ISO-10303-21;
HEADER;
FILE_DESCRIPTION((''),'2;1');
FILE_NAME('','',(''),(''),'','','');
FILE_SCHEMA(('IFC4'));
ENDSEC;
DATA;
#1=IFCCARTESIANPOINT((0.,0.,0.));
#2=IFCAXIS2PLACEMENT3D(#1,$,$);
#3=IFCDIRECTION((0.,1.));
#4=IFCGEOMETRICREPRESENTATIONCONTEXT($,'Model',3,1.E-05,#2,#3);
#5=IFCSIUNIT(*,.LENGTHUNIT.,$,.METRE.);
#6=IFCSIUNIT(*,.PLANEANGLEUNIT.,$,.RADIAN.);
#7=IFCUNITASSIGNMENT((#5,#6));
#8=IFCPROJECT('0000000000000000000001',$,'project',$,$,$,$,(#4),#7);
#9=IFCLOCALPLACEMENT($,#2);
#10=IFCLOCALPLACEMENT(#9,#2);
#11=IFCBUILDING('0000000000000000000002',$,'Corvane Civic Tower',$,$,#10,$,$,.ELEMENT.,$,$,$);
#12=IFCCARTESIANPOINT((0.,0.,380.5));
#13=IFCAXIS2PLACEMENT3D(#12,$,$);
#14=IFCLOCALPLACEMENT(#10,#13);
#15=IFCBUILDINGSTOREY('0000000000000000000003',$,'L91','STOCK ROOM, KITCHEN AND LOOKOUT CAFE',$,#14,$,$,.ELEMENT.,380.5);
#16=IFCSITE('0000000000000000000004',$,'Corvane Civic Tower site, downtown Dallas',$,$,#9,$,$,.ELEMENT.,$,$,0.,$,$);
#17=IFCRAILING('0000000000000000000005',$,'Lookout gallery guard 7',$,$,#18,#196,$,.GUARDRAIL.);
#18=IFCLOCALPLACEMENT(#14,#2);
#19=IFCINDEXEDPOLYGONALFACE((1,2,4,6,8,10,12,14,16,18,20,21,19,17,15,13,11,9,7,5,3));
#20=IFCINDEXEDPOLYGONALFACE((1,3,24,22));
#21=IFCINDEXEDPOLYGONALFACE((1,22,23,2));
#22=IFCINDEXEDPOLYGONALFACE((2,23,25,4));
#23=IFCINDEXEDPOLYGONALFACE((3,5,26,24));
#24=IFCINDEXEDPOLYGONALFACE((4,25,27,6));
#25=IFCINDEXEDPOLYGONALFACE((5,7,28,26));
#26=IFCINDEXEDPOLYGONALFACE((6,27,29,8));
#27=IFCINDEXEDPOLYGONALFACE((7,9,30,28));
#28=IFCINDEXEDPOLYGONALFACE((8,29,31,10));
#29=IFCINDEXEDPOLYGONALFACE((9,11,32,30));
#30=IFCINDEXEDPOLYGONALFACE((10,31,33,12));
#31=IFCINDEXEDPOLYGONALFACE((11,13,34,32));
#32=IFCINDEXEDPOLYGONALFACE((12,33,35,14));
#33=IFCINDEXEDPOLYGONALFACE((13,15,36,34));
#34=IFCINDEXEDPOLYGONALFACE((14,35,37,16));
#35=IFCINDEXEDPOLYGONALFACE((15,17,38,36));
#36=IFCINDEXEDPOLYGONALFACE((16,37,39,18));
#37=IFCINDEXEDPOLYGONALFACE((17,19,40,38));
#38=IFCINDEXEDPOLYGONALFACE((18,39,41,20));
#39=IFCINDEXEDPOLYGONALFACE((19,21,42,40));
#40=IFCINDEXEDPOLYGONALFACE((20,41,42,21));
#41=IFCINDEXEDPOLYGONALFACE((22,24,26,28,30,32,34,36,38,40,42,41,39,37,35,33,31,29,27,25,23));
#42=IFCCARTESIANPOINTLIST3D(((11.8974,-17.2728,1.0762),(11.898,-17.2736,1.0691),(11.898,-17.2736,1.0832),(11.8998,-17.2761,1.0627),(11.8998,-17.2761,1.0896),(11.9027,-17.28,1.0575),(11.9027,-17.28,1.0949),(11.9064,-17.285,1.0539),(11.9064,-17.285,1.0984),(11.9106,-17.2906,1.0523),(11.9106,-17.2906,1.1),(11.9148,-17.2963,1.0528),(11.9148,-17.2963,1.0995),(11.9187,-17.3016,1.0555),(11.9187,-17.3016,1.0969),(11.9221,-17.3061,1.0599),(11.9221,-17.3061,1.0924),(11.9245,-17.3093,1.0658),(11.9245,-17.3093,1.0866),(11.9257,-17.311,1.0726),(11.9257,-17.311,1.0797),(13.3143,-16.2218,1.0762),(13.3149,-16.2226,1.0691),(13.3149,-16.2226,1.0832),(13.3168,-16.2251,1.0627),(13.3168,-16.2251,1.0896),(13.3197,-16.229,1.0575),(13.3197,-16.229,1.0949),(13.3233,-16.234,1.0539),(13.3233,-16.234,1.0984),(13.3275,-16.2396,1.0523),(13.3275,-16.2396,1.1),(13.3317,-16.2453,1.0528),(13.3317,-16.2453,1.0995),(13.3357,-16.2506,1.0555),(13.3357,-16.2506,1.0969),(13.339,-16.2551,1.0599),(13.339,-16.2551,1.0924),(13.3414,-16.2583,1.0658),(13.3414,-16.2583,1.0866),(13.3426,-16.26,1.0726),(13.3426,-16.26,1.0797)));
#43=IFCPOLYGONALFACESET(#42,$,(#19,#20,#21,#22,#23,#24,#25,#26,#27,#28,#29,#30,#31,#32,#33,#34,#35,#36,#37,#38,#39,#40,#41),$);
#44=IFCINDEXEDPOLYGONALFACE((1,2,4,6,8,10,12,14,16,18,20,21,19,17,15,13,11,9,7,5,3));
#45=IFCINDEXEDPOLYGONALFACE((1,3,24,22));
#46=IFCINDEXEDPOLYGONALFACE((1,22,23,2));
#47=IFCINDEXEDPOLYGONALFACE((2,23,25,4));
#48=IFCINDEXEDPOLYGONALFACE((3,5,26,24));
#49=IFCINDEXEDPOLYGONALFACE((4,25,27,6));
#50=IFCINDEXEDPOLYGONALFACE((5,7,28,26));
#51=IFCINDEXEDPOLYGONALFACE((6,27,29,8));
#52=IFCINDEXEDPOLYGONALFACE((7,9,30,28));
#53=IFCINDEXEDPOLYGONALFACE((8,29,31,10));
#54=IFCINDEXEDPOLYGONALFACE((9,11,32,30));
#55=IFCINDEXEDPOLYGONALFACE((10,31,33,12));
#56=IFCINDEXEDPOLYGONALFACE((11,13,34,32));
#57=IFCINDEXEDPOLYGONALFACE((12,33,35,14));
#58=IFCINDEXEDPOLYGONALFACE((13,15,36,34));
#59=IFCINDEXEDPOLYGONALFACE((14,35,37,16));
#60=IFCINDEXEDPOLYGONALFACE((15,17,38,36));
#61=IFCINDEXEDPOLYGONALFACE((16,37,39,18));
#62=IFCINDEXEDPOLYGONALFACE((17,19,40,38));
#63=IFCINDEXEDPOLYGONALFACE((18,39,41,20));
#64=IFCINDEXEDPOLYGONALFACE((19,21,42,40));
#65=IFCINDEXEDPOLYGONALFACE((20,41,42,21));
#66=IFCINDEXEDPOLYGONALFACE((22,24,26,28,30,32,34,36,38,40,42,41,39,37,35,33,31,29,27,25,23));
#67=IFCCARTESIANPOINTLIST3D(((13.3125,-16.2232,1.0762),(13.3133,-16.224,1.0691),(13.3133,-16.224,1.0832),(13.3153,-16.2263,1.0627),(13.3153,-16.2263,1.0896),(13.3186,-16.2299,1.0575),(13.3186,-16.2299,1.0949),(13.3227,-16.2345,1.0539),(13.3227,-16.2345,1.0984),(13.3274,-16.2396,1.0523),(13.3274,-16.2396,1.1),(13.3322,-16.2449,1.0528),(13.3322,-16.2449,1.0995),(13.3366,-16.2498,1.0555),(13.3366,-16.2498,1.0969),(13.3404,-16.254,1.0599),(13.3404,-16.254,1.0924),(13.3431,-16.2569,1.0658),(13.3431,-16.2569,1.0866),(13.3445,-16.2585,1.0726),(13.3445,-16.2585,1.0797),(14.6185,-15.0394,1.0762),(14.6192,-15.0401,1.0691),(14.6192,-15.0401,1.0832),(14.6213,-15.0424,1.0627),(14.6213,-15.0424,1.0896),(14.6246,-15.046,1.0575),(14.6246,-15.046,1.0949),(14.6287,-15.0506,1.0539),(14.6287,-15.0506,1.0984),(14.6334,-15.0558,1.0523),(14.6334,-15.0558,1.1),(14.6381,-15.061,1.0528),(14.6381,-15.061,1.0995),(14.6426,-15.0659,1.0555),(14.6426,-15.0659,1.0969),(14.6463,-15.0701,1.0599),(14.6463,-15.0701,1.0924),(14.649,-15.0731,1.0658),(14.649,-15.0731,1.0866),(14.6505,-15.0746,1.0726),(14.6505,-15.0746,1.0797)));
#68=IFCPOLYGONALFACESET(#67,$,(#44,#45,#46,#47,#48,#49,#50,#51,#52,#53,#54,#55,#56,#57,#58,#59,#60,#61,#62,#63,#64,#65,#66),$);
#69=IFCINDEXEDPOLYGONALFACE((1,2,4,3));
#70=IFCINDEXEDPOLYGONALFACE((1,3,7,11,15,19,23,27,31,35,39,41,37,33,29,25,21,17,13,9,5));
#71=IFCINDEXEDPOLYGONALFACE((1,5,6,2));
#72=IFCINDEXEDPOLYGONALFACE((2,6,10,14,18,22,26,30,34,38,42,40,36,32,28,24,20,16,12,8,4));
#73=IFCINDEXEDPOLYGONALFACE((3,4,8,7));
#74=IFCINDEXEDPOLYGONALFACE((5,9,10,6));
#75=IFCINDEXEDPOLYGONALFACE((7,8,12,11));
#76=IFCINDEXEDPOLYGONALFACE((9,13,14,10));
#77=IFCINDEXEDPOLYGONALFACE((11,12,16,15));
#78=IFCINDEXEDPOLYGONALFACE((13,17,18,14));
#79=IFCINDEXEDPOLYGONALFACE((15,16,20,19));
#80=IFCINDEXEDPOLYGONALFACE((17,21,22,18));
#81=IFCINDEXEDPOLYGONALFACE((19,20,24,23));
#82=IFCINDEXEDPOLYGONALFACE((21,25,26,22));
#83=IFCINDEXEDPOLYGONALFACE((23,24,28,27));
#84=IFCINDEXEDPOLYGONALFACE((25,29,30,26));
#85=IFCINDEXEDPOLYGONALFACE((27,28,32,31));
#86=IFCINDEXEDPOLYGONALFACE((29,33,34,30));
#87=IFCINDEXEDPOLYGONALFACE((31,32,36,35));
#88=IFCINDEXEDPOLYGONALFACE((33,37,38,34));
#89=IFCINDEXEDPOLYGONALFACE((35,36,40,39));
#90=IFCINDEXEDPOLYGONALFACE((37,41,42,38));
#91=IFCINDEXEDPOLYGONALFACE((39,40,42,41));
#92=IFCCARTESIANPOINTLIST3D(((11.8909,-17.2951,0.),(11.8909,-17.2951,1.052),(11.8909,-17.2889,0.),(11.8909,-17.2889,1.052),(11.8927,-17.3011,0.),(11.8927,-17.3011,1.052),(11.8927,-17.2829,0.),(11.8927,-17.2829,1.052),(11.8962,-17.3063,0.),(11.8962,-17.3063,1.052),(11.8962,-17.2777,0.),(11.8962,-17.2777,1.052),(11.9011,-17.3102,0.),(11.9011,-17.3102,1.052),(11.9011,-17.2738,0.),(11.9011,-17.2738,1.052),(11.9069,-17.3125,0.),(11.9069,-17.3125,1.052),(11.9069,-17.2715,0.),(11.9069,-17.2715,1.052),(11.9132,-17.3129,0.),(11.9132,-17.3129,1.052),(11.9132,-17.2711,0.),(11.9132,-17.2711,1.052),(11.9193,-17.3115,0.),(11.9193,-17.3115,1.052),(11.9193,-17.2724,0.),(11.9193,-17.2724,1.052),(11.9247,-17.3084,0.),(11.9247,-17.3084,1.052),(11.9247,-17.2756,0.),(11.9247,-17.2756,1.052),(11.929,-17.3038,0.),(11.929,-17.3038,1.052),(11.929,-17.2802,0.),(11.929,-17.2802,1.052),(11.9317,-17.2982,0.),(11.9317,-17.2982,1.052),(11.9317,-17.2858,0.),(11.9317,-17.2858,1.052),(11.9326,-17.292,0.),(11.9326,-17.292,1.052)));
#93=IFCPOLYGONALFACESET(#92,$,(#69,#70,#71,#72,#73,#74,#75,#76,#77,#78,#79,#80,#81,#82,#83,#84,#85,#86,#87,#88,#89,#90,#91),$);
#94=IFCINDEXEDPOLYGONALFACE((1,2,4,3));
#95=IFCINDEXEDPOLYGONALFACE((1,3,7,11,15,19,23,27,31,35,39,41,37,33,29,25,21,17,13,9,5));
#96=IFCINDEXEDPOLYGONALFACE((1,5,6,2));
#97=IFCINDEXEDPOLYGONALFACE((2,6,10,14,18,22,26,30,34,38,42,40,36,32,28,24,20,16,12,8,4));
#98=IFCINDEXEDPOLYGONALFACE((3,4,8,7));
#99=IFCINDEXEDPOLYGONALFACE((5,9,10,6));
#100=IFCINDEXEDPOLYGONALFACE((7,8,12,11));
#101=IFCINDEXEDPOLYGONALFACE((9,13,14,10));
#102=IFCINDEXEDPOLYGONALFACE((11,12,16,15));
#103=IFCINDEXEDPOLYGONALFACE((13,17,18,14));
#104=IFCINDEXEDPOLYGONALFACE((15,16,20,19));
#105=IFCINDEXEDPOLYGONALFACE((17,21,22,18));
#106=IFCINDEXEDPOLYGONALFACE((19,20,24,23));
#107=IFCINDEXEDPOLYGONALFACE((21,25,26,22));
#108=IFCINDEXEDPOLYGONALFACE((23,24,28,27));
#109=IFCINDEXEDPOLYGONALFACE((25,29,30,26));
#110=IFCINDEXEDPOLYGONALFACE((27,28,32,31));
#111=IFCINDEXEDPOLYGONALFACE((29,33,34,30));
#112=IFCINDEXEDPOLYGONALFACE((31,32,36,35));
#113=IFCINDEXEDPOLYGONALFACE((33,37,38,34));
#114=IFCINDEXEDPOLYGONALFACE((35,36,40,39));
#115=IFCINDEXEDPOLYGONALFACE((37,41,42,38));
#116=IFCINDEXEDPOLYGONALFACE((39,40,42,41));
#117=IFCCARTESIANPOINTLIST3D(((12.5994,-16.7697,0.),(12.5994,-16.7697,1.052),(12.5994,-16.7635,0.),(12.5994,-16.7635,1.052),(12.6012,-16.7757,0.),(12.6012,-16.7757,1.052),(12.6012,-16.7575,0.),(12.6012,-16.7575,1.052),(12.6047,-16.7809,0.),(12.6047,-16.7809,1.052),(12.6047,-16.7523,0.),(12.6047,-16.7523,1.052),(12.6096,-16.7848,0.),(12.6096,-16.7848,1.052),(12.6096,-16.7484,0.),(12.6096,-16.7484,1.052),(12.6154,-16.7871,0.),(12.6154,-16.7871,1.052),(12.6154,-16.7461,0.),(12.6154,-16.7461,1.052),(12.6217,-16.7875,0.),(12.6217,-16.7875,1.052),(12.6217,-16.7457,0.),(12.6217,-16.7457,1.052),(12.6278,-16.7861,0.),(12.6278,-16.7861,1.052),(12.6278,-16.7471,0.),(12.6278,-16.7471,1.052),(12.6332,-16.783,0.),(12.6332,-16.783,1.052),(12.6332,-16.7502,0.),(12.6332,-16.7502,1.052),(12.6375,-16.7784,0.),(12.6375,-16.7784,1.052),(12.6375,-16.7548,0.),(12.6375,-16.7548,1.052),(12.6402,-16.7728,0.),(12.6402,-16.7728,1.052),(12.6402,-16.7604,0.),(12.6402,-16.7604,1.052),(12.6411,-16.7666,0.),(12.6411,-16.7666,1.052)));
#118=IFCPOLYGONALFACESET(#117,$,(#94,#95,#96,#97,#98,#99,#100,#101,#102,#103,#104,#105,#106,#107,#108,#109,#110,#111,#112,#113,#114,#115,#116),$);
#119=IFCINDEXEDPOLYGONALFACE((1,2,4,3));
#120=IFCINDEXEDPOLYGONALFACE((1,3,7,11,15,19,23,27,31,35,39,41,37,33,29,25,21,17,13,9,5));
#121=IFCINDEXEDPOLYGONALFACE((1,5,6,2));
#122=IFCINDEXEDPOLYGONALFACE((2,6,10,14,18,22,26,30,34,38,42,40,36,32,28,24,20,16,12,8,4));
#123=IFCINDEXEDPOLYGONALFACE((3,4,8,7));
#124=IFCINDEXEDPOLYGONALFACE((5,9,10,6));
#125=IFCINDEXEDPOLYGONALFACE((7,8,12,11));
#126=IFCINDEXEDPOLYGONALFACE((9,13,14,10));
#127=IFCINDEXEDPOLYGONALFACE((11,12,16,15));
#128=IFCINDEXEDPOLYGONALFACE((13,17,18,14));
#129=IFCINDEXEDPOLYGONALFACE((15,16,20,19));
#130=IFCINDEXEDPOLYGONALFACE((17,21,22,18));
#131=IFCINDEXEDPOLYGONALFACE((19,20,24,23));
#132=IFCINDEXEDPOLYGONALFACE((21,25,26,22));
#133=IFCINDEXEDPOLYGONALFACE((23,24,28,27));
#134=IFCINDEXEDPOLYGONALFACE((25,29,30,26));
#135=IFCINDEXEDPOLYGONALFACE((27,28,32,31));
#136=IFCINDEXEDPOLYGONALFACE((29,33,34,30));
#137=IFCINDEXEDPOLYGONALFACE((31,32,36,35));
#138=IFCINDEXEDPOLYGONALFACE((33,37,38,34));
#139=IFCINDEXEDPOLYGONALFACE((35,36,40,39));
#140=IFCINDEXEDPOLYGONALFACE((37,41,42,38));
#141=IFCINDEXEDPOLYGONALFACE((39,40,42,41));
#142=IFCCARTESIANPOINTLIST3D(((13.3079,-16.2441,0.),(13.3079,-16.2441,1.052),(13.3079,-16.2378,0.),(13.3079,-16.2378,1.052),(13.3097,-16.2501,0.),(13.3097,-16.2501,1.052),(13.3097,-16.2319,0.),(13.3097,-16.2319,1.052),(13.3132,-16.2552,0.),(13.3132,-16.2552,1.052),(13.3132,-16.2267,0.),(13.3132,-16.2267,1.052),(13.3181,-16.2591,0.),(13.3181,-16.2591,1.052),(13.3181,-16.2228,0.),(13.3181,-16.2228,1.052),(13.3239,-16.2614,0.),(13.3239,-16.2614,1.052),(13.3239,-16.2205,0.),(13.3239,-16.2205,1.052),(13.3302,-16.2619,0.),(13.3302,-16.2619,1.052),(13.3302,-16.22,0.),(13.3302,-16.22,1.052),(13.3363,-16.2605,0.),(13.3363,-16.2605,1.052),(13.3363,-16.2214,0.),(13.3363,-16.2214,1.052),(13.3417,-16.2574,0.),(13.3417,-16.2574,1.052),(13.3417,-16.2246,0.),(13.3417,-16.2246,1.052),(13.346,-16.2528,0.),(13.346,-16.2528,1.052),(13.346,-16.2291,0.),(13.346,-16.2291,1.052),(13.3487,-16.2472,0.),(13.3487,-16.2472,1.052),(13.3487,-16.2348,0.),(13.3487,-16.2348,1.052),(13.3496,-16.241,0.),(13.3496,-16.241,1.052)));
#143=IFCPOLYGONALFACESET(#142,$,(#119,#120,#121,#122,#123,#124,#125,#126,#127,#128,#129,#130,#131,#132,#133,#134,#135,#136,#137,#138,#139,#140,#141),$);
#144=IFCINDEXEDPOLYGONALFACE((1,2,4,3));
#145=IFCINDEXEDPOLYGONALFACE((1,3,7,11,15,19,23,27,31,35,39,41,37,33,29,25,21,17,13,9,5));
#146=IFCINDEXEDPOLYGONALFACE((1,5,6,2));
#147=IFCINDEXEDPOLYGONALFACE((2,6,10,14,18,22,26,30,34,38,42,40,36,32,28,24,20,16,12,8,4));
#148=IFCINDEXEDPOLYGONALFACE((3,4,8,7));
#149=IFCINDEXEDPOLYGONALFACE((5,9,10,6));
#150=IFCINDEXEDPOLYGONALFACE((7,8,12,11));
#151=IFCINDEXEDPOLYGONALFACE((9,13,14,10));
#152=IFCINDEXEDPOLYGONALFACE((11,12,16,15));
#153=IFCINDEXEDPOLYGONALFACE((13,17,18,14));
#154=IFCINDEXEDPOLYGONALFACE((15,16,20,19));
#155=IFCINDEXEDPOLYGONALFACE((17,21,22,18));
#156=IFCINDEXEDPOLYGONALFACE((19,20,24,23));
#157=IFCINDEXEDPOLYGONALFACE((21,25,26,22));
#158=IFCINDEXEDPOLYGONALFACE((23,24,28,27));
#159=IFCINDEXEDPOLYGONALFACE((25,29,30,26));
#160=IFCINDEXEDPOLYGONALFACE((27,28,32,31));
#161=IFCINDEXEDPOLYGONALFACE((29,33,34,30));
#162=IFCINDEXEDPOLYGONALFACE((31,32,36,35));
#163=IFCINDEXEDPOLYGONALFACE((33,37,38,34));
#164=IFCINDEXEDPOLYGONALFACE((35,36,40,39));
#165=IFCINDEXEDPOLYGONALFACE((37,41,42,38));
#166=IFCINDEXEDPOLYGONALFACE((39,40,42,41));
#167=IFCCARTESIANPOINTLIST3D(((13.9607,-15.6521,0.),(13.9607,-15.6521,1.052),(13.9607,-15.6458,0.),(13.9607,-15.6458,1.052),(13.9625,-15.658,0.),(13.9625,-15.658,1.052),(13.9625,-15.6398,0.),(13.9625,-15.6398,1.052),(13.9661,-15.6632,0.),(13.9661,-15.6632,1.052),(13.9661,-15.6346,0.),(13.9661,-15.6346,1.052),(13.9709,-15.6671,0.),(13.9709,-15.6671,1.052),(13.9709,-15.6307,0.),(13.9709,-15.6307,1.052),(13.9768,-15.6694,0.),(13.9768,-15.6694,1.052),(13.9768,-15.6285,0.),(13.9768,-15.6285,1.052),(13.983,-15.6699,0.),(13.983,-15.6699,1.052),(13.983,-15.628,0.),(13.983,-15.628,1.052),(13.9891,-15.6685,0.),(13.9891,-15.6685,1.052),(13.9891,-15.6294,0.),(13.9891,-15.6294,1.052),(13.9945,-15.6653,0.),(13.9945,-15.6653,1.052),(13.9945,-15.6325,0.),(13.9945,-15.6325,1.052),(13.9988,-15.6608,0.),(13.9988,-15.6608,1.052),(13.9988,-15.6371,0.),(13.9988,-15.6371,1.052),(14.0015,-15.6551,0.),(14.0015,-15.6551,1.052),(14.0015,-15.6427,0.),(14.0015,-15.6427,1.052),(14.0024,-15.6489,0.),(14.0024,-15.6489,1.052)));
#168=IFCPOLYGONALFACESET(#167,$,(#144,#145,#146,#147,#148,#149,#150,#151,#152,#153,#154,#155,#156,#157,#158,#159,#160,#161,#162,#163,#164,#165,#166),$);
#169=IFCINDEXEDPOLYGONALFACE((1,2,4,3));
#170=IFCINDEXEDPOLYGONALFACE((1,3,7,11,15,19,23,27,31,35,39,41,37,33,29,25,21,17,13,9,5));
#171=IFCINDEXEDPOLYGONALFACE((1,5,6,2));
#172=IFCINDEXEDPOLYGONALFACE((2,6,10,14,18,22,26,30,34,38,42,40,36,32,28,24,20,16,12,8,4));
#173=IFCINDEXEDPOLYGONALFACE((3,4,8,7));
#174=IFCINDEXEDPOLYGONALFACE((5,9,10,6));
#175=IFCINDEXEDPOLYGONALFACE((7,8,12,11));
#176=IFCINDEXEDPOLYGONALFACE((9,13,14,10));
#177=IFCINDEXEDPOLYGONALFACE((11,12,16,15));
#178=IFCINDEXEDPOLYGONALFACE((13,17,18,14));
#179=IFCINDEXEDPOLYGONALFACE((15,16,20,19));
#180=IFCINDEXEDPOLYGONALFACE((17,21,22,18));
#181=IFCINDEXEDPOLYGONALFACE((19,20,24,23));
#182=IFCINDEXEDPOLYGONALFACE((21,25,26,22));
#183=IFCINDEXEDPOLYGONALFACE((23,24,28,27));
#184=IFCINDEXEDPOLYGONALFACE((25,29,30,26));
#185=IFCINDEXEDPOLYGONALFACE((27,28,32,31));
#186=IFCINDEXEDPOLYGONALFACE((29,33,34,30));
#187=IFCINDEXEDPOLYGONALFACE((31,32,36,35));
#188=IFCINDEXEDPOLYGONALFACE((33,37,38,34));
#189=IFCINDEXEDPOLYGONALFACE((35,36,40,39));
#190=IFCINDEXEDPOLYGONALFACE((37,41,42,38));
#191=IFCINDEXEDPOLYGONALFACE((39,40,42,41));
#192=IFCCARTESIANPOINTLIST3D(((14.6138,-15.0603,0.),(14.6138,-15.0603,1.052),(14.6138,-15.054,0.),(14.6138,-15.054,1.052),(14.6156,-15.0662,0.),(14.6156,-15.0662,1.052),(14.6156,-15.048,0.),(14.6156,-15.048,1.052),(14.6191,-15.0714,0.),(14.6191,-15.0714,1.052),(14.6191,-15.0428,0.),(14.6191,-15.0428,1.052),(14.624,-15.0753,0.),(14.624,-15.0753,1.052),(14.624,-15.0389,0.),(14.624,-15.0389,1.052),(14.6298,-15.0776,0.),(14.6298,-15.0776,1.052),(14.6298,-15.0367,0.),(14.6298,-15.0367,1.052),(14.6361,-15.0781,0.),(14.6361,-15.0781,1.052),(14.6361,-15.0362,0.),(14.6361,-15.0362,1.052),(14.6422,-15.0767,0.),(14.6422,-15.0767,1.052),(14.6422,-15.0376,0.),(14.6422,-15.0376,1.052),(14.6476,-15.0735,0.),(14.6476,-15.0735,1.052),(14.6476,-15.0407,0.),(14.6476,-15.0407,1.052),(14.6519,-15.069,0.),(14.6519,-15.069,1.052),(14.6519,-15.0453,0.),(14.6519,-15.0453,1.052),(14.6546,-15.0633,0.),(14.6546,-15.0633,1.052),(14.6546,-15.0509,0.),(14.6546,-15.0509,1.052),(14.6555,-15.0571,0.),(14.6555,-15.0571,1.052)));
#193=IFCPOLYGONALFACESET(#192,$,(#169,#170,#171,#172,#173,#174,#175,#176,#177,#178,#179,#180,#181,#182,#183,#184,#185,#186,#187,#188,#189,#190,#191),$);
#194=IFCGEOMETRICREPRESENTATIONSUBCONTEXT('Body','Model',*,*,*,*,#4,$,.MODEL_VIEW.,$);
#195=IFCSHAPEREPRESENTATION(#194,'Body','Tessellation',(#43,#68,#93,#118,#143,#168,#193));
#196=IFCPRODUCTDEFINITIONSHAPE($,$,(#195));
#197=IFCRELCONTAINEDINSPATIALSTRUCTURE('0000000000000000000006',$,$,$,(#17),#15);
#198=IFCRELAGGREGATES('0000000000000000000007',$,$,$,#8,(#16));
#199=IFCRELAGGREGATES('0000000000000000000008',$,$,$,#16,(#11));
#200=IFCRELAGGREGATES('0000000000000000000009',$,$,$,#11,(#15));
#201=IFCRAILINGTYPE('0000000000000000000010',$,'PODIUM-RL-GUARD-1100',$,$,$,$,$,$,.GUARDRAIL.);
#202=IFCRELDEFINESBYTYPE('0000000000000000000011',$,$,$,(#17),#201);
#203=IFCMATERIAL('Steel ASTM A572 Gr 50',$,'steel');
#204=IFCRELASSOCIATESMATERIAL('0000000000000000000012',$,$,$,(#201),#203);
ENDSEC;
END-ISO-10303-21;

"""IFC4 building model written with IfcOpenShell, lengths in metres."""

from ifc_helpers import new_model, si_unit, direction, frame, origin, origin_2d, place, context, subcontext, project, spatial, circle, extrude, material, type_object, element, save


model = new_model("IFC4")

# Units and contexts
model_context = context("Model", 3, precision=1e-05, world=origin(), true_north=direction((0.0, 1.0)))
body_context = subcontext(model_context, "Body", "Model", "MODEL_VIEW")
ifc_project = project(units=[si_unit("LENGTHUNIT", "METRE"), si_unit("PLANEANGLEUNIT", "RADIAN")], contexts=[model_context])

# Site, building, storey
site_placement = place(None, origin())
site = spatial("IfcSite", under=ifc_project, at=site_placement, Name="Corvane Civic Tower site, downtown Dallas", CompositionType="ELEMENT", RefElevation=0.0)
building_placement = place(site_placement, origin())
building = spatial("IfcBuilding", under=site, at=building_placement, Name="Corvane Civic Tower", CompositionType="ELEMENT")
storey_placement = place(building_placement, frame((0.0, 0.0, 380.5)))
storey = spatial("IfcBuildingStorey", under=building, at=storey_placement, Name="L91", Description="STOCK ROOM, KITCHEN AND LOOKOUT CAFE", CompositionType="ELEMENT", Elevation=380.5)

# Railing
ifc_material_1 = material(Name="Steel ASTM A572 Gr 50", Category="steel")
railing_type = type_object("IfcRailingType", Name="PODIUM-RL-GUARD-1100", PredefinedType="GUARDRAIL", material=ifc_material_1)
railing_1_placement = place(storey_placement, frame((11.9116, -17.292, 0.0)))
element("IfcRailing", 1, at=railing_1_placement, inside=storey, type_object=railing_type, Name="Lookout gallery guard 7", PredefinedType="GUARDRAIL", context=body_context, shape_type="SweptSolid", body=[
    extrude(circle(Radius=0.0239, at=origin_2d()), frame((0.0, 0.0, 1.0762), z_axis=(0.803177, 0.59574, 0.0), x_axis=(-0.59574, 0.803177, 0.0)), (0.0, 0.0, 1.0), 1.7642),
    extrude(circle(Radius=0.0239, at=origin_2d()), frame((1.417, 1.051, 1.0762), z_axis=(0.740886, 0.671631, 0.0), x_axis=(-0.671631, 0.740886, 0.0)), (0.0, 0.0, 1.0), 1.7627),
    extrude(circle(Radius=0.021, at=origin_2d()), origin(), (0.0, 0.0, 1.0), 1.052),
    extrude(circle(Radius=0.021, at=origin_2d()), frame((0.7085, 0.5254, 0.0)), (0.0, 0.0, 1.0), 1.052),
    extrude(circle(Radius=0.021, at=origin_2d()), frame((1.417, 1.051, 0.0)), (0.0, 0.0, 1.0), 1.052),
    extrude(circle(Radius=0.021, at=origin_2d()), frame((2.0698, 1.6431, 0.0)), (0.0, 0.0, 1.0), 1.052),
    extrude(circle(Radius=0.021, at=origin_2d()), frame((2.7229, 2.2349, 0.0)), (0.0, 0.0, 1.0), 1.052),
])

save(model, "model.ifc")
